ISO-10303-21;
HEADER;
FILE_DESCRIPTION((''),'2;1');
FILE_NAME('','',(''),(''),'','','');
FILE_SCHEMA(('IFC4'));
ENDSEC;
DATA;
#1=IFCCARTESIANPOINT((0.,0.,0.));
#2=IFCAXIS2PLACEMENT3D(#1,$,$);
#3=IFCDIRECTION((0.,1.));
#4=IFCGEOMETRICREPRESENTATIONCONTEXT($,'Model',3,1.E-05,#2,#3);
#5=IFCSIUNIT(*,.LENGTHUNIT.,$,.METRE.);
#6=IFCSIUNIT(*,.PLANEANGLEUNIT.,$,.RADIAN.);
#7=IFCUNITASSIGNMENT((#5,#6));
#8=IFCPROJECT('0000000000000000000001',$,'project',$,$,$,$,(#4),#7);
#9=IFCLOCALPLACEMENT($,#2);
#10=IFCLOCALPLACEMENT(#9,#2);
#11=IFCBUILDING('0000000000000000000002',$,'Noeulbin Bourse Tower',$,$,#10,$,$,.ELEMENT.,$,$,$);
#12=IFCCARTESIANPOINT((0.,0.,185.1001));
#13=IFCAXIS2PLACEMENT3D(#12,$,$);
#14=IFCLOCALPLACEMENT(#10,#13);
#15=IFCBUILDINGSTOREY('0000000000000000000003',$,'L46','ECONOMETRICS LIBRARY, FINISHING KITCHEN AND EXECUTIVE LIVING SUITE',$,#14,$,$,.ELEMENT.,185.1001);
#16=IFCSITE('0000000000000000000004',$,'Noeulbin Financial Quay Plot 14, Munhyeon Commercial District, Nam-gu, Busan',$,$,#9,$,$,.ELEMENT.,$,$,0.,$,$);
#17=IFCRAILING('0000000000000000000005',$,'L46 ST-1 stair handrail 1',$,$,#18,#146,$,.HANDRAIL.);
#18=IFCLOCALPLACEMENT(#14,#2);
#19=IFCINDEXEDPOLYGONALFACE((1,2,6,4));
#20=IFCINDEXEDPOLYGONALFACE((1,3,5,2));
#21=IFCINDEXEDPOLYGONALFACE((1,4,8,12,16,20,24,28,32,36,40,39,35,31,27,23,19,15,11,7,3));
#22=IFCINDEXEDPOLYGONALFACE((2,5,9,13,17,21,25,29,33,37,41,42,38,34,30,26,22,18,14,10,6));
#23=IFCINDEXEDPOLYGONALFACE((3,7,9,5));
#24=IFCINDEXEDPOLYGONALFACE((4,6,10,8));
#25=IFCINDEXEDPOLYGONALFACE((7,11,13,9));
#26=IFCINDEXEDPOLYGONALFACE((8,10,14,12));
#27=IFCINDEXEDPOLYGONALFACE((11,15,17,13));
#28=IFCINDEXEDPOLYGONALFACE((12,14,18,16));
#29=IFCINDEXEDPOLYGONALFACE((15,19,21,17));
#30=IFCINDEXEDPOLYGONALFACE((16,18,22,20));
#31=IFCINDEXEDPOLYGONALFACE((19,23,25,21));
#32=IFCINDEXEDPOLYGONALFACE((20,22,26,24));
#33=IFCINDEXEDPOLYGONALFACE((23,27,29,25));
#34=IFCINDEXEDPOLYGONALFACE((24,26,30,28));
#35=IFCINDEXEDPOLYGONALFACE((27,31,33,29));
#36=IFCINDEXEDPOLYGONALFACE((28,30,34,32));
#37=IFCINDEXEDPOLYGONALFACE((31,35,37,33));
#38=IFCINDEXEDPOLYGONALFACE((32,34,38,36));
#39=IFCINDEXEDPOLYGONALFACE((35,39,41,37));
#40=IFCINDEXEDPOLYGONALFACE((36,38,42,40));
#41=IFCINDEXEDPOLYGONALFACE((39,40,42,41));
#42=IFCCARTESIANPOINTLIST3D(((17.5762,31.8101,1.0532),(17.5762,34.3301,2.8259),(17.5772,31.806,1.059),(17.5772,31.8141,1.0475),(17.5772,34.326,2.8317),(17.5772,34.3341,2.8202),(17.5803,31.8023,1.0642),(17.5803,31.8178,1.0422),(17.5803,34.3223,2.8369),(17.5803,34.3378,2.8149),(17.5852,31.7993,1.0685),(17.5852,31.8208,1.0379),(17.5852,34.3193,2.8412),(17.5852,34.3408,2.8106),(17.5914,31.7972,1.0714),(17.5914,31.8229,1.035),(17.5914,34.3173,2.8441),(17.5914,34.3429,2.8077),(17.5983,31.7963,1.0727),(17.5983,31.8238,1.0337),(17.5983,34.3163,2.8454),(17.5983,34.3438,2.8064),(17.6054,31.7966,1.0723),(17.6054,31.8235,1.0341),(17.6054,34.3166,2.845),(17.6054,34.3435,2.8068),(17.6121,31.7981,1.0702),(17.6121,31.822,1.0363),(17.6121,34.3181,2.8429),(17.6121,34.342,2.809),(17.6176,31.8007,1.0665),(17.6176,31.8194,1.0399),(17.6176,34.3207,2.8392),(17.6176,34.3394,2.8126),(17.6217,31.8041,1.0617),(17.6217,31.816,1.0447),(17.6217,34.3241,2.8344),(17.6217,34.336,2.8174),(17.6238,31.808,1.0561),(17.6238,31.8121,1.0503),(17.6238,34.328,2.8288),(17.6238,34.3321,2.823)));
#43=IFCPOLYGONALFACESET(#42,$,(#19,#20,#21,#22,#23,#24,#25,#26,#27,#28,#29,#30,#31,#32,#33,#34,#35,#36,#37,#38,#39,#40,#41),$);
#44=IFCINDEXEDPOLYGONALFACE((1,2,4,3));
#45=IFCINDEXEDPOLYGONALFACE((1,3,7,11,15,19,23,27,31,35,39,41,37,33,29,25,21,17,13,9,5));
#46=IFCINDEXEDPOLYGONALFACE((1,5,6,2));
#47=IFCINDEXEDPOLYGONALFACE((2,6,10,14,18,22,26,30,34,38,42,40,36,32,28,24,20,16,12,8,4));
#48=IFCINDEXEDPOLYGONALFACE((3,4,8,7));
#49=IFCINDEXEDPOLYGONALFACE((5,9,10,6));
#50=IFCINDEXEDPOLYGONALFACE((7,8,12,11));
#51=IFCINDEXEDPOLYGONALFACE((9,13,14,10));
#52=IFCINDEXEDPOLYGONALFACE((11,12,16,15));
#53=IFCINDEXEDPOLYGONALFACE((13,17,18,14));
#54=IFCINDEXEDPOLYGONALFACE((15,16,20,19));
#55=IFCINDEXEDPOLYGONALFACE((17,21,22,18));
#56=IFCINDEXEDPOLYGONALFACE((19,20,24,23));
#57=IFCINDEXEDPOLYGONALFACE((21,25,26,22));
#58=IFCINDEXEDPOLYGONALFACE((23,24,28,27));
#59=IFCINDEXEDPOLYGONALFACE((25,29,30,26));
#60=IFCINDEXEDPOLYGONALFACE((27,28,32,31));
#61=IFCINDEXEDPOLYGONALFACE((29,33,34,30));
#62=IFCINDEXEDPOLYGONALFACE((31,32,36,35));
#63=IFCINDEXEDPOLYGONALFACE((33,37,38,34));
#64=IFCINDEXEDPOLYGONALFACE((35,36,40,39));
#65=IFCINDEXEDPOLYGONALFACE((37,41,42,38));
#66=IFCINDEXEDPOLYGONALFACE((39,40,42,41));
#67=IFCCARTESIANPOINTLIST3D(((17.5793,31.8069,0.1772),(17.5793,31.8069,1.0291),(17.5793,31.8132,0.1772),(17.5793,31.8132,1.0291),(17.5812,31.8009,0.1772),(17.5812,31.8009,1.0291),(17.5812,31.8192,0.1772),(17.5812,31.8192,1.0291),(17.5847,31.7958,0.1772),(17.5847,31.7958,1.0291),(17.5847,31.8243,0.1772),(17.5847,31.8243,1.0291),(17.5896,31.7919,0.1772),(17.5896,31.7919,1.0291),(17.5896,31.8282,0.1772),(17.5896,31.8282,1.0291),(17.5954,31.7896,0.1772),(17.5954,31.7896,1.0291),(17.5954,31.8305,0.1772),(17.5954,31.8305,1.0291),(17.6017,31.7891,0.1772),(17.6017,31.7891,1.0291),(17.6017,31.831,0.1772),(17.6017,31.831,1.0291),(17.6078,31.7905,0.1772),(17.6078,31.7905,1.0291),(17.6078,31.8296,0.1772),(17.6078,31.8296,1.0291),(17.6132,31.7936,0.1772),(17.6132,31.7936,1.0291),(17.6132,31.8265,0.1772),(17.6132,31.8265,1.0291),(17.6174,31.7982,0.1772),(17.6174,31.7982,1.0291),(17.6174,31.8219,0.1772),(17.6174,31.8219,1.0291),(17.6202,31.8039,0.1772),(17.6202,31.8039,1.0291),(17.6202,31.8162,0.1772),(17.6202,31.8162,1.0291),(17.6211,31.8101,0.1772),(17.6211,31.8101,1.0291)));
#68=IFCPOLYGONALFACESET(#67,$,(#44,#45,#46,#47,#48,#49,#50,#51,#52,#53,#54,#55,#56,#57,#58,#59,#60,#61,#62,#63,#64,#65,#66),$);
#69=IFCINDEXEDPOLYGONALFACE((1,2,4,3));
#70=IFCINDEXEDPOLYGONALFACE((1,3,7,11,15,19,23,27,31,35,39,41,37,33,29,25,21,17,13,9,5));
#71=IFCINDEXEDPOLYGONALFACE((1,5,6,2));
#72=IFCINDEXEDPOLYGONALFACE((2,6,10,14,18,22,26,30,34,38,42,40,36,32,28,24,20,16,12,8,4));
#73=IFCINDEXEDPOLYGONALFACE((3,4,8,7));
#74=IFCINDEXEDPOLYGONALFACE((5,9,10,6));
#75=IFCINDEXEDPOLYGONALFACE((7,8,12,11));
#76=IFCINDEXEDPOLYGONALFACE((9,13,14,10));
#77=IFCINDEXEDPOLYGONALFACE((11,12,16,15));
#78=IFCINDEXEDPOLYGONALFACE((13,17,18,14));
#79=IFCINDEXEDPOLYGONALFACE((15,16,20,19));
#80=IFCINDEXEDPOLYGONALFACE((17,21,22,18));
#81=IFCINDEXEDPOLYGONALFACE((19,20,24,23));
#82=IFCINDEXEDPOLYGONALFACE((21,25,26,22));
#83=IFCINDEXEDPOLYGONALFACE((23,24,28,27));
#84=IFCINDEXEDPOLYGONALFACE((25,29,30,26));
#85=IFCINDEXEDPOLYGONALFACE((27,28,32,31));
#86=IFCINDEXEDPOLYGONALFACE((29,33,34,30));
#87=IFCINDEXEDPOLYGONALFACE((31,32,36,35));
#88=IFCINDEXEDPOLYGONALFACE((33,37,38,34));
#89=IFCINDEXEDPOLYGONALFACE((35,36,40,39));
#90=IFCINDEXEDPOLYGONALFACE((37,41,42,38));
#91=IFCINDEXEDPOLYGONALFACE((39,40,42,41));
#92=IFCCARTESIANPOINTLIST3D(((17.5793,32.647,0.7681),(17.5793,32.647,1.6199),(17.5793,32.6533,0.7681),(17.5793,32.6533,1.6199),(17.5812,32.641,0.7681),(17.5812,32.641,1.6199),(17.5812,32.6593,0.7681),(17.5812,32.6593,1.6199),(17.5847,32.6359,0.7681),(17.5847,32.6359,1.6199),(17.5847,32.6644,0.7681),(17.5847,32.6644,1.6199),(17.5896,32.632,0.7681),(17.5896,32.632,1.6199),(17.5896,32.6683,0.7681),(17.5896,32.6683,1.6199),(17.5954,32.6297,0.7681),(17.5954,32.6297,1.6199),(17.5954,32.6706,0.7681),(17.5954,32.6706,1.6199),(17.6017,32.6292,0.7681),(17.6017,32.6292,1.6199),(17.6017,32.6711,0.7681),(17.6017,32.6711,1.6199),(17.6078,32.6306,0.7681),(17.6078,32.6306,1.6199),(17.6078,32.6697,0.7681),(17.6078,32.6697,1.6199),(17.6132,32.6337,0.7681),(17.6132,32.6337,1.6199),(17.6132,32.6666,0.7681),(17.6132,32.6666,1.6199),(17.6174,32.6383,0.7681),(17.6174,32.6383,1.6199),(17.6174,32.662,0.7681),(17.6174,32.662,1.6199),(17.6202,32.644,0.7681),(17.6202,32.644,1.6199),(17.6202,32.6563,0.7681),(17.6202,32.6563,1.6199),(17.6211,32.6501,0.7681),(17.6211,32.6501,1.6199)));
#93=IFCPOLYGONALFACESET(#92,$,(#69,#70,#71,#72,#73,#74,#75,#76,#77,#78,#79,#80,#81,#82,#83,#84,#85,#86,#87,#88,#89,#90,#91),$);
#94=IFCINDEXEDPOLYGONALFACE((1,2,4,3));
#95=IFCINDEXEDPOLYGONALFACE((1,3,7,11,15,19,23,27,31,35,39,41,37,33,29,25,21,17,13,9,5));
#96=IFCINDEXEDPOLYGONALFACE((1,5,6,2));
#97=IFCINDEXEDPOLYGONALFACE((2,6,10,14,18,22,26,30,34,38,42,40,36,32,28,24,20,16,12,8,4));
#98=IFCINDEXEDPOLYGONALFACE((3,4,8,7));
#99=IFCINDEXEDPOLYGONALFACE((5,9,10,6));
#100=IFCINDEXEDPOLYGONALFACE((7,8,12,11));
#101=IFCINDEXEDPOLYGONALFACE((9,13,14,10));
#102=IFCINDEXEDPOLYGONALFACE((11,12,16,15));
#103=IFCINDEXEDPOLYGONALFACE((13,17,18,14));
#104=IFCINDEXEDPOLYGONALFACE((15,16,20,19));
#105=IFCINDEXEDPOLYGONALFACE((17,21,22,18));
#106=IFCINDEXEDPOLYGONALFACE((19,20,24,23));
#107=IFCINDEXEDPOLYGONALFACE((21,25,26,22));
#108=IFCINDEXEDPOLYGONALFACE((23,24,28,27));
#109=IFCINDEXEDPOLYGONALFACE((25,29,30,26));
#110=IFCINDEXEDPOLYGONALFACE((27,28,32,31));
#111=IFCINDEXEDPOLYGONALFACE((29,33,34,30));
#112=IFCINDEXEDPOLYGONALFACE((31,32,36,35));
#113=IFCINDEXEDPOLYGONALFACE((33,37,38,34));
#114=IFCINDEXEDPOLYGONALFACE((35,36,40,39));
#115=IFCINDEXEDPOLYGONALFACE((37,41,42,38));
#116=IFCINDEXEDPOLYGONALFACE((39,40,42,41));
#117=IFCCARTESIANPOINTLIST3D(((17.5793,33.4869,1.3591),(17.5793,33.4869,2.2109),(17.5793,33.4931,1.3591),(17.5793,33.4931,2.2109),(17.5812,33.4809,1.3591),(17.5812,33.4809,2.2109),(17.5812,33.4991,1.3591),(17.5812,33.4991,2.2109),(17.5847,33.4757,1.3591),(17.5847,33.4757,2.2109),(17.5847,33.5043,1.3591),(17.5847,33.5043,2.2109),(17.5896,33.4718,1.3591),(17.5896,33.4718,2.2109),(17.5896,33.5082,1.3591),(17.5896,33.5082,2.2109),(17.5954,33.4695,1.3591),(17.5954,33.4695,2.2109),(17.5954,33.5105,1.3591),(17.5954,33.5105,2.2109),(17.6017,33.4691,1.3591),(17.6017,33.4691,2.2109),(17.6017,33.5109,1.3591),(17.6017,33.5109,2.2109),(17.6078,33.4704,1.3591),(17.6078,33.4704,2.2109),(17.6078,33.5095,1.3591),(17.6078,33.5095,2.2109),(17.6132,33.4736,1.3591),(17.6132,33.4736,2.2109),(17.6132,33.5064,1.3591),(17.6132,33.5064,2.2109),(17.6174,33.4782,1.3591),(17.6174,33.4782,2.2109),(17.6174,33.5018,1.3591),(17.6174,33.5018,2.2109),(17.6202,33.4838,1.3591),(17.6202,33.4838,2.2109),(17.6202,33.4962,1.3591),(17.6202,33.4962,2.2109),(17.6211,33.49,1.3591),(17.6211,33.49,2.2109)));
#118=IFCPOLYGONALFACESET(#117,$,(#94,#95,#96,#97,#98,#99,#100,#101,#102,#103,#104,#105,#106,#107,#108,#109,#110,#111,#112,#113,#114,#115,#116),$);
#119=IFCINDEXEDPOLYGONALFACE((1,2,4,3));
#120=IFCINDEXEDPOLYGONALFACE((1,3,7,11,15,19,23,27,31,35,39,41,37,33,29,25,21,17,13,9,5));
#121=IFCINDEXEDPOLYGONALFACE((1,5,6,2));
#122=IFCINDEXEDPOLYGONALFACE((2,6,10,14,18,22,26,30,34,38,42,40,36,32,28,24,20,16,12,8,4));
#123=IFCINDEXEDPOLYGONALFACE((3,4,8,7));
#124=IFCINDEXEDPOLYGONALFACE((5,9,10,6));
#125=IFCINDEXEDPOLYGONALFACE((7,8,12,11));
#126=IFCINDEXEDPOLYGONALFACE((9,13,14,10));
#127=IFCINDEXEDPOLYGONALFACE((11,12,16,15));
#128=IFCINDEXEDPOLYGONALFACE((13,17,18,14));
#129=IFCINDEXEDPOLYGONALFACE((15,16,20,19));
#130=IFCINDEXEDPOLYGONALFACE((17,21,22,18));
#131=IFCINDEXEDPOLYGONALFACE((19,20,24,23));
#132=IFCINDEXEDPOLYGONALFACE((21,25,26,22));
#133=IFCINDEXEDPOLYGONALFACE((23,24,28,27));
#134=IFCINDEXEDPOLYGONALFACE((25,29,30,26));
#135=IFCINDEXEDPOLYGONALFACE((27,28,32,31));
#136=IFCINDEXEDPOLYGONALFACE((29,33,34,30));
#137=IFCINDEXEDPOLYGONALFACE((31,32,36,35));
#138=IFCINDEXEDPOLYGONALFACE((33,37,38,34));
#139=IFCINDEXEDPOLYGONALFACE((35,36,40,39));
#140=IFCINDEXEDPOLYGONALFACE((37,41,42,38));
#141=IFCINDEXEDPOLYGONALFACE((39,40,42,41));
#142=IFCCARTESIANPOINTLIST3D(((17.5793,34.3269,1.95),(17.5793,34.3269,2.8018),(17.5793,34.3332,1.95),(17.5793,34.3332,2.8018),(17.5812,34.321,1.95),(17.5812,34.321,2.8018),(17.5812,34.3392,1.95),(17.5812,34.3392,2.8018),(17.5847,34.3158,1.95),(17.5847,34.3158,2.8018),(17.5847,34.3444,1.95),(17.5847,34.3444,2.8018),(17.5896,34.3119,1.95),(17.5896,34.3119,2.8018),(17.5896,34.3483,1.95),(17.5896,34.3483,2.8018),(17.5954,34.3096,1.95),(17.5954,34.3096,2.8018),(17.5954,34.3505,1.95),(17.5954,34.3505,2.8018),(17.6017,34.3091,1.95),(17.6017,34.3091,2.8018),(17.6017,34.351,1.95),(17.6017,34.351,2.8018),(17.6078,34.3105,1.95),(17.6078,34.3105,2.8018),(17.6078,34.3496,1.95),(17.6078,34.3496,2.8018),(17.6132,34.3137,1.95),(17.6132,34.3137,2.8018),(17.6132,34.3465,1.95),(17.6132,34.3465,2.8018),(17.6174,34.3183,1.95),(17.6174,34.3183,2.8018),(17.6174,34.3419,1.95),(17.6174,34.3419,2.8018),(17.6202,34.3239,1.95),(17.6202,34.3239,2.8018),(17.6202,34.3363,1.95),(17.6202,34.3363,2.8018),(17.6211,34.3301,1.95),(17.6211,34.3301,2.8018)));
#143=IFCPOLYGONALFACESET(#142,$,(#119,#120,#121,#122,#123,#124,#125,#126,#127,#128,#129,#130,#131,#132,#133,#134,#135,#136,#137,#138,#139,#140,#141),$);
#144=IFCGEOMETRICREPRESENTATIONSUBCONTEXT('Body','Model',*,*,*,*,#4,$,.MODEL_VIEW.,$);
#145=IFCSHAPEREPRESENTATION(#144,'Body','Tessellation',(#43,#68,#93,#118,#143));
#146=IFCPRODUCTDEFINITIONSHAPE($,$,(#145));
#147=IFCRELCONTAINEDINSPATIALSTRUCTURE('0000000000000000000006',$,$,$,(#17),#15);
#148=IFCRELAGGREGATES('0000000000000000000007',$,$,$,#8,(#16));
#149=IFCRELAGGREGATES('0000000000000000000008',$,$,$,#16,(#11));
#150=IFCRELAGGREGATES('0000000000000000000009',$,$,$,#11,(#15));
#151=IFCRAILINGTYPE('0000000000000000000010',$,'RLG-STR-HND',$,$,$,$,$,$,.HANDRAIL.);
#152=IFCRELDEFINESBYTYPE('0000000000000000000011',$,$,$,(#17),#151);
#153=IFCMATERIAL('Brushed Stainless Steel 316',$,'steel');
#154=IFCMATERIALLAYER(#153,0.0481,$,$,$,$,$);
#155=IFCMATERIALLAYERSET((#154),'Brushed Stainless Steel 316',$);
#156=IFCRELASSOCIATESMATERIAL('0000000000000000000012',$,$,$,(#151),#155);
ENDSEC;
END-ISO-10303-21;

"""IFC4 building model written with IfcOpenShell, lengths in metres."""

from ifc_helpers import new_model, si_unit, direction, frame, origin, origin_2d, place, context, subcontext, project, spatial, circle, extrude, material, layer, layer_set, type_object, element, save


model = new_model("IFC4")

# Units and contexts
model_context = context("Model", 3, precision=1e-05, world=origin(), true_north=direction((0.0, 1.0)))
body_context = subcontext(model_context, "Body", "Model", "MODEL_VIEW")
ifc_project = project(units=[si_unit("LENGTHUNIT", "METRE"), si_unit("PLANEANGLEUNIT", "RADIAN")], contexts=[model_context])

# Site, building, storey
site_placement = place(None, origin())
site = spatial("IfcSite", under=ifc_project, at=site_placement, Name="Noeulbin Financial Quay Plot 14, Munhyeon Commercial District, Nam-gu, Busan", CompositionType="ELEMENT", RefElevation=0.0)
building_placement = place(site_placement, origin())
building = spatial("IfcBuilding", under=site, at=building_placement, Name="Noeulbin Bourse Tower", CompositionType="ELEMENT")
storey_placement = place(building_placement, frame((0.0, 0.0, 185.1001)))
storey = spatial("IfcBuildingStorey", under=building, at=storey_placement, Name="L46", Description="ECONOMETRICS LIBRARY, FINISHING KITCHEN AND EXECUTIVE LIVING SUITE", CompositionType="ELEMENT", Elevation=185.1001)

# Shared definitions
ifc_material_1 = material(Name="Brushed Stainless Steel 316", Category="steel")

# Railing
ifc_layer_1 = layer(ifc_material_1, 0.0481)
ifc_layer_set_1 = layer_set([ifc_layer_1], Name="Brushed Stainless Steel 316")
railing_type_1 = type_object("IfcRailingType", Name="RLG-STR-HND", PredefinedType="HANDRAIL", material=ifc_layer_set_1)
railing_1_placement = place(storey_placement, frame((17.6001, 31.8101, 0.1772)))
element("IfcRailing", 1, at=railing_1_placement, inside=storey, type_object=railing_type_1, Name="L46 ST-1 stair handrail 1", PredefinedType="HANDRAIL", context=body_context, shape_type="SweptSolid", body=[
    extrude(circle(Radius=0.0239, at=origin_2d()), frame((0.0, 0.0, 0.876), z_axis=(0.0, 0.817904, 0.575354), x_axis=(-1.0, 0.0, 0.0)), (0.0, 0.0, 1.0), 3.0811),
    extrude(circle(Radius=0.021, at=origin_2d()), origin(), (0.0, 0.0, 1.0), 0.8518),
    extrude(circle(Radius=0.021, at=origin_2d()), frame((0.0, 0.8401, 0.5908)), (0.0, 0.0, 1.0), 0.8518),
    extrude(circle(Radius=0.021, at=origin_2d()), frame((0.0, 1.6799, 1.1819)), (0.0, 0.0, 1.0), 0.8518),
    extrude(circle(Radius=0.021, at=origin_2d()), frame((0.0, 2.52, 1.7727)), (0.0, 0.0, 1.0), 0.8518),
])

save(model, "model.ifc")
